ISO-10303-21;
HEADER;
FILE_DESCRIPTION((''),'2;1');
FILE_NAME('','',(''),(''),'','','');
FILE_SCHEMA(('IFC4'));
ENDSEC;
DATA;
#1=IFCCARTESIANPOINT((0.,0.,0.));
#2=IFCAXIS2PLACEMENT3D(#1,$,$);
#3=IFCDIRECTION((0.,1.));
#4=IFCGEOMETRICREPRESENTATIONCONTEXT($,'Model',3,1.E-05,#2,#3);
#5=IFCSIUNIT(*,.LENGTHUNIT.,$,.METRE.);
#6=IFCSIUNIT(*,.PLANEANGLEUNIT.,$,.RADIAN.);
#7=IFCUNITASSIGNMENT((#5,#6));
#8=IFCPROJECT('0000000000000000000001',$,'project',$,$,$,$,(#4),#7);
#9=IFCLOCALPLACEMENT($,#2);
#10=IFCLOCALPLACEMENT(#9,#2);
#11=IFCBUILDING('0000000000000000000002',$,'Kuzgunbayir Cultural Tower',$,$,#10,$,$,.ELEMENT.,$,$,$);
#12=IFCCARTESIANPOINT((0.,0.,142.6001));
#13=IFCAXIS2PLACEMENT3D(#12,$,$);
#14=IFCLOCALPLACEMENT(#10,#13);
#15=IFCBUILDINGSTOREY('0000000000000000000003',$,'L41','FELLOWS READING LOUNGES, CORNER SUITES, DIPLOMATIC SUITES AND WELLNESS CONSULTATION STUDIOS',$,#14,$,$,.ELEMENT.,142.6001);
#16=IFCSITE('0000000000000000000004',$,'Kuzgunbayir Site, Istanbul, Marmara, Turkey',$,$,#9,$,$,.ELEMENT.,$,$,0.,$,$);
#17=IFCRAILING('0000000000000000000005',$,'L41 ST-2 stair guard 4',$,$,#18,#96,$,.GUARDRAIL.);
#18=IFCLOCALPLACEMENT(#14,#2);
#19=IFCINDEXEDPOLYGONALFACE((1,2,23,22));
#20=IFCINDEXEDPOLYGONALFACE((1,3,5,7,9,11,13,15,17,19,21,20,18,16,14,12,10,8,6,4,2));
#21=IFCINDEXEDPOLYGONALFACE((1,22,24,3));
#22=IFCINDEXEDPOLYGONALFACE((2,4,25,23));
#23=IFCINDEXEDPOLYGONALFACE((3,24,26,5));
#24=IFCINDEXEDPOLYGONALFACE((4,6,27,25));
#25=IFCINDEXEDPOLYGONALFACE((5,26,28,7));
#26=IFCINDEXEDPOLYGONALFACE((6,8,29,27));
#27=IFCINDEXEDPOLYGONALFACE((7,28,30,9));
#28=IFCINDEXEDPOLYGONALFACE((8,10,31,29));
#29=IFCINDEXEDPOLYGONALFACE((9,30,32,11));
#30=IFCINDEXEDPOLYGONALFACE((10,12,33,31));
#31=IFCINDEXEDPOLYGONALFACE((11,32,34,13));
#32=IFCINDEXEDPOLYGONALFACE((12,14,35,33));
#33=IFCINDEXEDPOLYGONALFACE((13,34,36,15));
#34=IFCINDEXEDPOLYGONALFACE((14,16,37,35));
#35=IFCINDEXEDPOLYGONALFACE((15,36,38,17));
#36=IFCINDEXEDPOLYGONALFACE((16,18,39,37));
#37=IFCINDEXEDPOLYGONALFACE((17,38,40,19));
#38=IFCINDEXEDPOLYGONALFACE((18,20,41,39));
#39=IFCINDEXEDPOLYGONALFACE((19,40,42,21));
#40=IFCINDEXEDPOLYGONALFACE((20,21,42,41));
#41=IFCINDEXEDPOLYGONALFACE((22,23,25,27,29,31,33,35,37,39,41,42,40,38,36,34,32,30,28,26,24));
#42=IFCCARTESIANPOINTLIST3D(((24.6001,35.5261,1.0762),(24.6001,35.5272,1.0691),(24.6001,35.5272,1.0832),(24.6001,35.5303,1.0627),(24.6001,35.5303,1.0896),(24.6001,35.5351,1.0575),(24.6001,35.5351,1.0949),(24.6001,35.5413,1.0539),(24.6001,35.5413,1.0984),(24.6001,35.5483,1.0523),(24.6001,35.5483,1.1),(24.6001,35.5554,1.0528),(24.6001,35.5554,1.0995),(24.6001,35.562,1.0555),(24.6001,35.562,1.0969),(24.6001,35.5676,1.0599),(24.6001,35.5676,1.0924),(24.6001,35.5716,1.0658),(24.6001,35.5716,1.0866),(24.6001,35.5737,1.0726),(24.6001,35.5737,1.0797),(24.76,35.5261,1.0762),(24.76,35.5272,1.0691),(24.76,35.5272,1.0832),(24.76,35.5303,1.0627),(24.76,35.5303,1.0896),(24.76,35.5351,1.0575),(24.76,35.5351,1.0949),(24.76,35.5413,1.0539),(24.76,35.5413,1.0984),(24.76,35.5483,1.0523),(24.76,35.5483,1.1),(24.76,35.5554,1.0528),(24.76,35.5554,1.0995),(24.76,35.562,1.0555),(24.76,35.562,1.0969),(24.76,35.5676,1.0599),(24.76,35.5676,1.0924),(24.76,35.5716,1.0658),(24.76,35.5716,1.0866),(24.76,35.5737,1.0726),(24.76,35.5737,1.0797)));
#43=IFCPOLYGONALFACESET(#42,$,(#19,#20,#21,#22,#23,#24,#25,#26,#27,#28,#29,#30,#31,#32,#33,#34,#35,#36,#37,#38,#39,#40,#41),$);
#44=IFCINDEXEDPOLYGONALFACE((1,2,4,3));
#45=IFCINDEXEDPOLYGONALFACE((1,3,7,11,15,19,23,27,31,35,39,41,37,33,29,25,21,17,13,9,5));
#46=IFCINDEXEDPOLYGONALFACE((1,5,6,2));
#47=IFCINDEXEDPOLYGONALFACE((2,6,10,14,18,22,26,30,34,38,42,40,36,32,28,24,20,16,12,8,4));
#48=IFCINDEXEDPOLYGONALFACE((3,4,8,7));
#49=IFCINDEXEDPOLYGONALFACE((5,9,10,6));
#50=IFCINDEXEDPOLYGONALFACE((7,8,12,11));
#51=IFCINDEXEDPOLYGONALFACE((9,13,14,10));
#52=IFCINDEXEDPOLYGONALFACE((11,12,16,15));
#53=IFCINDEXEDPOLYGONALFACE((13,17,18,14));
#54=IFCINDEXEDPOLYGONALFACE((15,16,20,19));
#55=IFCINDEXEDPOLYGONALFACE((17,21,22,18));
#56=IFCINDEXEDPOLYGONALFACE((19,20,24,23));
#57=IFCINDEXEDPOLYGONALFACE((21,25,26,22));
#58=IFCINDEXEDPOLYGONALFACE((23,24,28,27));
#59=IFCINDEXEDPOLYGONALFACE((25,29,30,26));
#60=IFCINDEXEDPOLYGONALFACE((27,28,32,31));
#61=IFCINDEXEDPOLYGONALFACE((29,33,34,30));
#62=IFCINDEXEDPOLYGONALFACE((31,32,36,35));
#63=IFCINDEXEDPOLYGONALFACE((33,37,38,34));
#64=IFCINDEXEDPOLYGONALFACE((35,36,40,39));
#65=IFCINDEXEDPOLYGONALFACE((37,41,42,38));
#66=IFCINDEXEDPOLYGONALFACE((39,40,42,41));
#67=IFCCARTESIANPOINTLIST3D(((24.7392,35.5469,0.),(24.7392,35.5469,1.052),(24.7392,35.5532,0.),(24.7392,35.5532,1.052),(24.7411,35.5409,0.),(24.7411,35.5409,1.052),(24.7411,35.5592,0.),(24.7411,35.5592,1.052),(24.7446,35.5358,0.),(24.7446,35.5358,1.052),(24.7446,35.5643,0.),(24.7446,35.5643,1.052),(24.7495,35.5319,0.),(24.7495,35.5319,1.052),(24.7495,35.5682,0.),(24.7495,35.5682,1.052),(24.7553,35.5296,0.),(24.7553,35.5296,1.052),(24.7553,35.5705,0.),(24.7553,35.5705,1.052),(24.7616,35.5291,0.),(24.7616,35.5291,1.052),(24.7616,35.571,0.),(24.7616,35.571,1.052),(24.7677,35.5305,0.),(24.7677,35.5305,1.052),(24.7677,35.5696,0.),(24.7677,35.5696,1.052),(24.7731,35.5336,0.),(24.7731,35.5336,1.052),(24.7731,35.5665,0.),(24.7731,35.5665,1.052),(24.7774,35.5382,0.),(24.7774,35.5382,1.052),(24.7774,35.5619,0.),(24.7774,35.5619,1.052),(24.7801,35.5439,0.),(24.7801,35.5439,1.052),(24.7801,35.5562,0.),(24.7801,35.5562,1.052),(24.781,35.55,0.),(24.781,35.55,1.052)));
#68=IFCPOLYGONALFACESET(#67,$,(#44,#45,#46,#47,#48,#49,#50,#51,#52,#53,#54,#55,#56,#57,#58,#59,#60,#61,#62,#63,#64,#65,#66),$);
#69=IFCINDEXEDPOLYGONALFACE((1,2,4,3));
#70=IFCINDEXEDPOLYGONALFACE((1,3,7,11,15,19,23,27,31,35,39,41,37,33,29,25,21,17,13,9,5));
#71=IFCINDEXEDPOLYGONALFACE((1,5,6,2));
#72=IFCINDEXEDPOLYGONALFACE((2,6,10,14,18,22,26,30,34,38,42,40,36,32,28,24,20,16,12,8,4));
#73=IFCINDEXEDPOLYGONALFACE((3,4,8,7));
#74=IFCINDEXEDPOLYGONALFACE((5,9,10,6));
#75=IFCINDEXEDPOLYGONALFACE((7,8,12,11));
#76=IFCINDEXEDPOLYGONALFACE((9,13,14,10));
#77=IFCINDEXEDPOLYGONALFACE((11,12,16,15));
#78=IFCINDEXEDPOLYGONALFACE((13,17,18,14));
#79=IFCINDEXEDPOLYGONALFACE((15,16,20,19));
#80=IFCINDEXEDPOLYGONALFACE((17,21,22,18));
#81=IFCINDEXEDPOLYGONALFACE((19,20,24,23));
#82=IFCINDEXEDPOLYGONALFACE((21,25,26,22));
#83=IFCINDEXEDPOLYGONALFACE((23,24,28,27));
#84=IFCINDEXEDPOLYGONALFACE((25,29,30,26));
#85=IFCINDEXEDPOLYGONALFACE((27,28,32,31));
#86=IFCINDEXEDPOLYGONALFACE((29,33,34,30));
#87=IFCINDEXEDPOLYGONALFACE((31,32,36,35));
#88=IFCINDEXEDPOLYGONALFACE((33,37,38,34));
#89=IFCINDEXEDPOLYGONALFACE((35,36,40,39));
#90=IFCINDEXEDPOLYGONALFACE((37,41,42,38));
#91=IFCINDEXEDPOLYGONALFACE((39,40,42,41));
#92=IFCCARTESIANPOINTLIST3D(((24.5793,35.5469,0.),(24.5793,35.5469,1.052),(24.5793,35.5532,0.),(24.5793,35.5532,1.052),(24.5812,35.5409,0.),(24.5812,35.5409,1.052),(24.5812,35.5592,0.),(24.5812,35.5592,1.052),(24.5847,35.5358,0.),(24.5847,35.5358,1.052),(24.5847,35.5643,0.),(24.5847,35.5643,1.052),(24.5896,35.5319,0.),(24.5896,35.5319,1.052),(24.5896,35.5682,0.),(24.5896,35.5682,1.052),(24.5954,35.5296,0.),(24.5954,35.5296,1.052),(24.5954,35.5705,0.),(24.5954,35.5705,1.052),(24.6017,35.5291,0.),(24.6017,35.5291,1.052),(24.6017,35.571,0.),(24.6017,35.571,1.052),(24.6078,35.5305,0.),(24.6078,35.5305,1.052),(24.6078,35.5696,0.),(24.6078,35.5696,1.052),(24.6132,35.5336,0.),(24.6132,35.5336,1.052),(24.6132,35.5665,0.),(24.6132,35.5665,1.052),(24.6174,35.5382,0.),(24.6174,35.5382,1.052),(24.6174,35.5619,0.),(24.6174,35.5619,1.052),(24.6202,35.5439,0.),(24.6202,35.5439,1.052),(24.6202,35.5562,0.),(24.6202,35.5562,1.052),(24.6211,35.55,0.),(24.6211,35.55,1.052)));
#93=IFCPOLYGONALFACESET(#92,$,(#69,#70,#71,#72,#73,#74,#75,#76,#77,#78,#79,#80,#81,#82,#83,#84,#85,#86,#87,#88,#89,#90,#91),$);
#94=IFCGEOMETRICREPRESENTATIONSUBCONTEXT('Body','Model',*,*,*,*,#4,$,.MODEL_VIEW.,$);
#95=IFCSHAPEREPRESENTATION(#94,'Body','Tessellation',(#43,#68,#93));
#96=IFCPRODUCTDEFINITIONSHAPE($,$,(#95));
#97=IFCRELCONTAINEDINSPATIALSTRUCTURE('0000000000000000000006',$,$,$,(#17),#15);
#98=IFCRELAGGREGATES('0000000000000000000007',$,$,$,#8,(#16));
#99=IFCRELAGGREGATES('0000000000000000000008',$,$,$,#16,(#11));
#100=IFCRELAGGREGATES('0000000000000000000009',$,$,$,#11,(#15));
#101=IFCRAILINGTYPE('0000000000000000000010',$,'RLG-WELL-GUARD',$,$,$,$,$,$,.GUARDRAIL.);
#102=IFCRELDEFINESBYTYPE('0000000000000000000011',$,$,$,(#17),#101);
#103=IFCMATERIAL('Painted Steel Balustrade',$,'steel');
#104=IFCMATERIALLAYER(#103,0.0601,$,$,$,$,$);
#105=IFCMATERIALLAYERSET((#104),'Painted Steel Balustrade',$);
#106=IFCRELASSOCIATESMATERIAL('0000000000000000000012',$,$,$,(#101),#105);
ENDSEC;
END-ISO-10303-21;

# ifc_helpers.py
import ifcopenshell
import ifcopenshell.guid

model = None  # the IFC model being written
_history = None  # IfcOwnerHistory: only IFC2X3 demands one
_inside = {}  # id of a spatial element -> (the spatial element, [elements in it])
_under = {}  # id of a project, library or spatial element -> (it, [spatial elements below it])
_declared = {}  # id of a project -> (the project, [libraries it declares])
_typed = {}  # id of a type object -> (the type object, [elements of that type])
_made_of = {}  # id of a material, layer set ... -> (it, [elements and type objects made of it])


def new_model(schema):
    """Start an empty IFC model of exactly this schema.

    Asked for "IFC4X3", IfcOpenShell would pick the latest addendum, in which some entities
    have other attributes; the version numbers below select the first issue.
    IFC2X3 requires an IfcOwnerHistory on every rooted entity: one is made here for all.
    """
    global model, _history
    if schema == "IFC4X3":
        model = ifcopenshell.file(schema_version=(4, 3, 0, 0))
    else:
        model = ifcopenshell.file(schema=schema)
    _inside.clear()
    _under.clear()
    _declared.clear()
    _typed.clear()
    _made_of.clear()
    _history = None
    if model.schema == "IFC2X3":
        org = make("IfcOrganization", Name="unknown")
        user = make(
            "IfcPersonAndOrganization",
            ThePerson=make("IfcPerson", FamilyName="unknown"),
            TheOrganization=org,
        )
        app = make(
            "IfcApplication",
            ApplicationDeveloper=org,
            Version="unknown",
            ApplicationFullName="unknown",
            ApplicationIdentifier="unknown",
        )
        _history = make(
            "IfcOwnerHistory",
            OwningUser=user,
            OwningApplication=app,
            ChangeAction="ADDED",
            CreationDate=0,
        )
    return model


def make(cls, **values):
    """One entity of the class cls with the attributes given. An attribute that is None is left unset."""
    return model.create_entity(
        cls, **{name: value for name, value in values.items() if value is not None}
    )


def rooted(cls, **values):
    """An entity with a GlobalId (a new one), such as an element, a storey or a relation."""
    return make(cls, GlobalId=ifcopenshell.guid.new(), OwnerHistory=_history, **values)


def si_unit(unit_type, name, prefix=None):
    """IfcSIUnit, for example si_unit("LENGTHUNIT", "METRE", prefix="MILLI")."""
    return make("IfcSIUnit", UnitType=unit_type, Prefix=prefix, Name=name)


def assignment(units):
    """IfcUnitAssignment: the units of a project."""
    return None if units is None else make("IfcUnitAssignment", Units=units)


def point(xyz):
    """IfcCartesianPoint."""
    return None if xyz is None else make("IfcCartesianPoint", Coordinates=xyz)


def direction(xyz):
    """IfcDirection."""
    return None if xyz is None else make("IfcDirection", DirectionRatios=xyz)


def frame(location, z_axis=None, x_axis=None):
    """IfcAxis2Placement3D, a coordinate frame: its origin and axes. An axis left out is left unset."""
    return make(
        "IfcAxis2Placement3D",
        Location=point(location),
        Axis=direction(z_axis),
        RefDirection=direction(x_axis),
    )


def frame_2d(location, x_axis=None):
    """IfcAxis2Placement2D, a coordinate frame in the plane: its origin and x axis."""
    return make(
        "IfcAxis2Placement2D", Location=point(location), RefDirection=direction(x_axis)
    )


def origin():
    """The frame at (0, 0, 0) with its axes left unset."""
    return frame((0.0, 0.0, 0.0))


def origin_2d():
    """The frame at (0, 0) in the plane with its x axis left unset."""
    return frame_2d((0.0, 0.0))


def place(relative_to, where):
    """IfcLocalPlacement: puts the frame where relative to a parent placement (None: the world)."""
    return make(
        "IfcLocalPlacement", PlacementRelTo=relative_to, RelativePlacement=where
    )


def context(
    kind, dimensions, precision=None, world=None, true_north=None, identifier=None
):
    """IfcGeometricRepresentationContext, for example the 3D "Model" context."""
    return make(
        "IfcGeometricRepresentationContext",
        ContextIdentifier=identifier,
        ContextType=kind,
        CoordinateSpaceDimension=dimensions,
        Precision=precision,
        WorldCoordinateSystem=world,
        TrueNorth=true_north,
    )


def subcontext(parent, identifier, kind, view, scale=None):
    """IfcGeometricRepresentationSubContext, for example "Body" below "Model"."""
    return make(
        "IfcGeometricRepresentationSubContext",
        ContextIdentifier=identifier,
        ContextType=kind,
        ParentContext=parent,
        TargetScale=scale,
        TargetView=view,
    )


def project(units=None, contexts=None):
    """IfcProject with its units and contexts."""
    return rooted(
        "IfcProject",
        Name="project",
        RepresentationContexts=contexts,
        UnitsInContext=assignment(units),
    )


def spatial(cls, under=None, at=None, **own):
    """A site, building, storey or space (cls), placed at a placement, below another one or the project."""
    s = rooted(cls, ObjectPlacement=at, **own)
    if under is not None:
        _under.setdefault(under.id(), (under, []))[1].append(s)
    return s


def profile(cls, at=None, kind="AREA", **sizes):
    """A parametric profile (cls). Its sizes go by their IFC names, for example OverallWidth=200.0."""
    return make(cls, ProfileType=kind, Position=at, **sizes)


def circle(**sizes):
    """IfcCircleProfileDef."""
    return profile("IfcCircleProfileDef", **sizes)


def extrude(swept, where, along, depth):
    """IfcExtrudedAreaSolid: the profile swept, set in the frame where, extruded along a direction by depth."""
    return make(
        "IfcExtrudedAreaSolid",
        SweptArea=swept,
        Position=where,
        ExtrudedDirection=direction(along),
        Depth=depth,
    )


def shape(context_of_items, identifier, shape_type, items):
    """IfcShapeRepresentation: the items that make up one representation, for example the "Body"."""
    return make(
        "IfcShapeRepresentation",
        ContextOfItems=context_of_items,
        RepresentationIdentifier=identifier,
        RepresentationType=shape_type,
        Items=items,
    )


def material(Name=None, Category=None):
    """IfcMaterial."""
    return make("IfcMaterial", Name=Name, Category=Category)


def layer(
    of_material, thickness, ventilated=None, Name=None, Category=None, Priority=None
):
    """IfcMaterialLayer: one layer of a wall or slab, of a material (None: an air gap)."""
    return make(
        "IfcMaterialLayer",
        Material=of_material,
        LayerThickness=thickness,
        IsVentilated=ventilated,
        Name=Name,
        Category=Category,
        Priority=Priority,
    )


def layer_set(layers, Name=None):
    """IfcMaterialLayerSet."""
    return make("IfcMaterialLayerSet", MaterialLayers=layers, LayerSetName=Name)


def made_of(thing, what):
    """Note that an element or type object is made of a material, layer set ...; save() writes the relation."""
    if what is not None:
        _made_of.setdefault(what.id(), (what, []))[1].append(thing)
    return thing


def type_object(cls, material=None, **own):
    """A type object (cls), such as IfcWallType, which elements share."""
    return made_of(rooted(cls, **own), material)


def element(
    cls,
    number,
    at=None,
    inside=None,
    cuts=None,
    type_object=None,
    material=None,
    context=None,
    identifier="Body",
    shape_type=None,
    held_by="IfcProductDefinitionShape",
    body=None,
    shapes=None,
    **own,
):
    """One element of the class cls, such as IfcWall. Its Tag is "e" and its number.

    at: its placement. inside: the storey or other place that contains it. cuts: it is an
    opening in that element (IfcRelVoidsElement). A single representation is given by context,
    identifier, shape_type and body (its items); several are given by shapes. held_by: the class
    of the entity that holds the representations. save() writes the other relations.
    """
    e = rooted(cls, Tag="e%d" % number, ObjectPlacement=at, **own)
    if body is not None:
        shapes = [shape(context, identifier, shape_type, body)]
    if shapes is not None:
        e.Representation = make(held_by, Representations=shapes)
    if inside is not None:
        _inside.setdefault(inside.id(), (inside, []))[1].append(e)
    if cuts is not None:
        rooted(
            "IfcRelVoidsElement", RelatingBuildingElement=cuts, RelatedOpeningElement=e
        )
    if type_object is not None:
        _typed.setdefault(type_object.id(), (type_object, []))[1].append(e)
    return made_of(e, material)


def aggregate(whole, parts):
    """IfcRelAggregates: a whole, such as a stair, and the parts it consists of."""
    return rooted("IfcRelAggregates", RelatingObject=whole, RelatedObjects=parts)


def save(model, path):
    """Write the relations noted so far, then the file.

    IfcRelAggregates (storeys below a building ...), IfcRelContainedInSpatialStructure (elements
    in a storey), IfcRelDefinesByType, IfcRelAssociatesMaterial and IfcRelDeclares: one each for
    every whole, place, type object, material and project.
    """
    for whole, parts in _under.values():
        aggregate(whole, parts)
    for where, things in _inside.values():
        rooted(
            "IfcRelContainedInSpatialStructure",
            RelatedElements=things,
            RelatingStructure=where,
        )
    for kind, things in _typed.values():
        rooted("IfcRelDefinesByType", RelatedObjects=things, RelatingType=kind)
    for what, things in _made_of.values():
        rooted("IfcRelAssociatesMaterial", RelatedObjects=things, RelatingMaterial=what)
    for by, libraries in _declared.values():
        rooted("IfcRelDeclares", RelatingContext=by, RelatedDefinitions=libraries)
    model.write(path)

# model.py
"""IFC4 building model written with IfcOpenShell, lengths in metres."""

from ifc_helpers import new_model, si_unit, direction, frame, origin, origin_2d, place, context, subcontext, project, spatial, circle, extrude, material, layer, layer_set, type_object, element, save


model = new_model("IFC4")

# Units and contexts
model_context = context("Model", 3, precision=1e-05, world=origin(), true_north=direction((0.0, 1.0)))
body_context = subcontext(model_context, "Body", "Model", "MODEL_VIEW")
ifc_project = project(units=[si_unit("LENGTHUNIT", "METRE"), si_unit("PLANEANGLEUNIT", "RADIAN")], contexts=[model_context])

# Site, building, storey
site_placement = place(None, origin())
site = spatial("IfcSite", under=ifc_project, at=site_placement, Name="Kuzgunbayir Site, Istanbul, Marmara, Turkey", CompositionType="ELEMENT", RefElevation=0.0)
building_placement = place(site_placement, origin())
building = spatial("IfcBuilding", under=site, at=building_placement, Name="Kuzgunbayir Cultural Tower", CompositionType="ELEMENT")
storey_placement = place(building_placement, frame((0.0, 0.0, 142.6001)))
storey = spatial("IfcBuildingStorey", under=building, at=storey_placement, Name="L41", Description="FELLOWS READING LOUNGES, CORNER SUITES, DIPLOMATIC SUITES AND WELLNESS CONSULTATION STUDIOS", CompositionType="ELEMENT", Elevation=142.6001)

# Railing
ifc_material_1 = material(Name="Painted Steel Balustrade", Category="steel")
ifc_layer_1 = layer(ifc_material_1, 0.0601)
ifc_layer_set_1 = layer_set([ifc_layer_1], Name="Painted Steel Balustrade")
railing_type_1 = type_object("IfcRailingType", Name="RLG-WELL-GUARD", PredefinedType="GUARDRAIL", material=ifc_layer_set_1)
railing_1_placement = place(storey_placement, frame((24.76, 35.55, 0.0)))
element("IfcRailing", 1, at=railing_1_placement, inside=storey, type_object=railing_type_1, Name="L41 ST-2 stair guard 4", PredefinedType="GUARDRAIL", context=body_context, shape_type="SweptSolid", body=[
    extrude(circle(Radius=0.0239, at=origin_2d()), frame((0.0, 0.0, 1.0762), z_axis=(-1.0, 0.0, 0.0), x_axis=(0.0, -1.0, 0.0)), (0.0, 0.0, 1.0), 0.1599),
    extrude(circle(Radius=0.021, at=origin_2d()), origin(), (0.0, 0.0, 1.0), 1.052),
    extrude(circle(Radius=0.021, at=origin_2d()), frame((-0.1599, 0.0, 0.0)), (0.0, 0.0, 1.0), 1.052),
])

save(model, "model.ifc")
